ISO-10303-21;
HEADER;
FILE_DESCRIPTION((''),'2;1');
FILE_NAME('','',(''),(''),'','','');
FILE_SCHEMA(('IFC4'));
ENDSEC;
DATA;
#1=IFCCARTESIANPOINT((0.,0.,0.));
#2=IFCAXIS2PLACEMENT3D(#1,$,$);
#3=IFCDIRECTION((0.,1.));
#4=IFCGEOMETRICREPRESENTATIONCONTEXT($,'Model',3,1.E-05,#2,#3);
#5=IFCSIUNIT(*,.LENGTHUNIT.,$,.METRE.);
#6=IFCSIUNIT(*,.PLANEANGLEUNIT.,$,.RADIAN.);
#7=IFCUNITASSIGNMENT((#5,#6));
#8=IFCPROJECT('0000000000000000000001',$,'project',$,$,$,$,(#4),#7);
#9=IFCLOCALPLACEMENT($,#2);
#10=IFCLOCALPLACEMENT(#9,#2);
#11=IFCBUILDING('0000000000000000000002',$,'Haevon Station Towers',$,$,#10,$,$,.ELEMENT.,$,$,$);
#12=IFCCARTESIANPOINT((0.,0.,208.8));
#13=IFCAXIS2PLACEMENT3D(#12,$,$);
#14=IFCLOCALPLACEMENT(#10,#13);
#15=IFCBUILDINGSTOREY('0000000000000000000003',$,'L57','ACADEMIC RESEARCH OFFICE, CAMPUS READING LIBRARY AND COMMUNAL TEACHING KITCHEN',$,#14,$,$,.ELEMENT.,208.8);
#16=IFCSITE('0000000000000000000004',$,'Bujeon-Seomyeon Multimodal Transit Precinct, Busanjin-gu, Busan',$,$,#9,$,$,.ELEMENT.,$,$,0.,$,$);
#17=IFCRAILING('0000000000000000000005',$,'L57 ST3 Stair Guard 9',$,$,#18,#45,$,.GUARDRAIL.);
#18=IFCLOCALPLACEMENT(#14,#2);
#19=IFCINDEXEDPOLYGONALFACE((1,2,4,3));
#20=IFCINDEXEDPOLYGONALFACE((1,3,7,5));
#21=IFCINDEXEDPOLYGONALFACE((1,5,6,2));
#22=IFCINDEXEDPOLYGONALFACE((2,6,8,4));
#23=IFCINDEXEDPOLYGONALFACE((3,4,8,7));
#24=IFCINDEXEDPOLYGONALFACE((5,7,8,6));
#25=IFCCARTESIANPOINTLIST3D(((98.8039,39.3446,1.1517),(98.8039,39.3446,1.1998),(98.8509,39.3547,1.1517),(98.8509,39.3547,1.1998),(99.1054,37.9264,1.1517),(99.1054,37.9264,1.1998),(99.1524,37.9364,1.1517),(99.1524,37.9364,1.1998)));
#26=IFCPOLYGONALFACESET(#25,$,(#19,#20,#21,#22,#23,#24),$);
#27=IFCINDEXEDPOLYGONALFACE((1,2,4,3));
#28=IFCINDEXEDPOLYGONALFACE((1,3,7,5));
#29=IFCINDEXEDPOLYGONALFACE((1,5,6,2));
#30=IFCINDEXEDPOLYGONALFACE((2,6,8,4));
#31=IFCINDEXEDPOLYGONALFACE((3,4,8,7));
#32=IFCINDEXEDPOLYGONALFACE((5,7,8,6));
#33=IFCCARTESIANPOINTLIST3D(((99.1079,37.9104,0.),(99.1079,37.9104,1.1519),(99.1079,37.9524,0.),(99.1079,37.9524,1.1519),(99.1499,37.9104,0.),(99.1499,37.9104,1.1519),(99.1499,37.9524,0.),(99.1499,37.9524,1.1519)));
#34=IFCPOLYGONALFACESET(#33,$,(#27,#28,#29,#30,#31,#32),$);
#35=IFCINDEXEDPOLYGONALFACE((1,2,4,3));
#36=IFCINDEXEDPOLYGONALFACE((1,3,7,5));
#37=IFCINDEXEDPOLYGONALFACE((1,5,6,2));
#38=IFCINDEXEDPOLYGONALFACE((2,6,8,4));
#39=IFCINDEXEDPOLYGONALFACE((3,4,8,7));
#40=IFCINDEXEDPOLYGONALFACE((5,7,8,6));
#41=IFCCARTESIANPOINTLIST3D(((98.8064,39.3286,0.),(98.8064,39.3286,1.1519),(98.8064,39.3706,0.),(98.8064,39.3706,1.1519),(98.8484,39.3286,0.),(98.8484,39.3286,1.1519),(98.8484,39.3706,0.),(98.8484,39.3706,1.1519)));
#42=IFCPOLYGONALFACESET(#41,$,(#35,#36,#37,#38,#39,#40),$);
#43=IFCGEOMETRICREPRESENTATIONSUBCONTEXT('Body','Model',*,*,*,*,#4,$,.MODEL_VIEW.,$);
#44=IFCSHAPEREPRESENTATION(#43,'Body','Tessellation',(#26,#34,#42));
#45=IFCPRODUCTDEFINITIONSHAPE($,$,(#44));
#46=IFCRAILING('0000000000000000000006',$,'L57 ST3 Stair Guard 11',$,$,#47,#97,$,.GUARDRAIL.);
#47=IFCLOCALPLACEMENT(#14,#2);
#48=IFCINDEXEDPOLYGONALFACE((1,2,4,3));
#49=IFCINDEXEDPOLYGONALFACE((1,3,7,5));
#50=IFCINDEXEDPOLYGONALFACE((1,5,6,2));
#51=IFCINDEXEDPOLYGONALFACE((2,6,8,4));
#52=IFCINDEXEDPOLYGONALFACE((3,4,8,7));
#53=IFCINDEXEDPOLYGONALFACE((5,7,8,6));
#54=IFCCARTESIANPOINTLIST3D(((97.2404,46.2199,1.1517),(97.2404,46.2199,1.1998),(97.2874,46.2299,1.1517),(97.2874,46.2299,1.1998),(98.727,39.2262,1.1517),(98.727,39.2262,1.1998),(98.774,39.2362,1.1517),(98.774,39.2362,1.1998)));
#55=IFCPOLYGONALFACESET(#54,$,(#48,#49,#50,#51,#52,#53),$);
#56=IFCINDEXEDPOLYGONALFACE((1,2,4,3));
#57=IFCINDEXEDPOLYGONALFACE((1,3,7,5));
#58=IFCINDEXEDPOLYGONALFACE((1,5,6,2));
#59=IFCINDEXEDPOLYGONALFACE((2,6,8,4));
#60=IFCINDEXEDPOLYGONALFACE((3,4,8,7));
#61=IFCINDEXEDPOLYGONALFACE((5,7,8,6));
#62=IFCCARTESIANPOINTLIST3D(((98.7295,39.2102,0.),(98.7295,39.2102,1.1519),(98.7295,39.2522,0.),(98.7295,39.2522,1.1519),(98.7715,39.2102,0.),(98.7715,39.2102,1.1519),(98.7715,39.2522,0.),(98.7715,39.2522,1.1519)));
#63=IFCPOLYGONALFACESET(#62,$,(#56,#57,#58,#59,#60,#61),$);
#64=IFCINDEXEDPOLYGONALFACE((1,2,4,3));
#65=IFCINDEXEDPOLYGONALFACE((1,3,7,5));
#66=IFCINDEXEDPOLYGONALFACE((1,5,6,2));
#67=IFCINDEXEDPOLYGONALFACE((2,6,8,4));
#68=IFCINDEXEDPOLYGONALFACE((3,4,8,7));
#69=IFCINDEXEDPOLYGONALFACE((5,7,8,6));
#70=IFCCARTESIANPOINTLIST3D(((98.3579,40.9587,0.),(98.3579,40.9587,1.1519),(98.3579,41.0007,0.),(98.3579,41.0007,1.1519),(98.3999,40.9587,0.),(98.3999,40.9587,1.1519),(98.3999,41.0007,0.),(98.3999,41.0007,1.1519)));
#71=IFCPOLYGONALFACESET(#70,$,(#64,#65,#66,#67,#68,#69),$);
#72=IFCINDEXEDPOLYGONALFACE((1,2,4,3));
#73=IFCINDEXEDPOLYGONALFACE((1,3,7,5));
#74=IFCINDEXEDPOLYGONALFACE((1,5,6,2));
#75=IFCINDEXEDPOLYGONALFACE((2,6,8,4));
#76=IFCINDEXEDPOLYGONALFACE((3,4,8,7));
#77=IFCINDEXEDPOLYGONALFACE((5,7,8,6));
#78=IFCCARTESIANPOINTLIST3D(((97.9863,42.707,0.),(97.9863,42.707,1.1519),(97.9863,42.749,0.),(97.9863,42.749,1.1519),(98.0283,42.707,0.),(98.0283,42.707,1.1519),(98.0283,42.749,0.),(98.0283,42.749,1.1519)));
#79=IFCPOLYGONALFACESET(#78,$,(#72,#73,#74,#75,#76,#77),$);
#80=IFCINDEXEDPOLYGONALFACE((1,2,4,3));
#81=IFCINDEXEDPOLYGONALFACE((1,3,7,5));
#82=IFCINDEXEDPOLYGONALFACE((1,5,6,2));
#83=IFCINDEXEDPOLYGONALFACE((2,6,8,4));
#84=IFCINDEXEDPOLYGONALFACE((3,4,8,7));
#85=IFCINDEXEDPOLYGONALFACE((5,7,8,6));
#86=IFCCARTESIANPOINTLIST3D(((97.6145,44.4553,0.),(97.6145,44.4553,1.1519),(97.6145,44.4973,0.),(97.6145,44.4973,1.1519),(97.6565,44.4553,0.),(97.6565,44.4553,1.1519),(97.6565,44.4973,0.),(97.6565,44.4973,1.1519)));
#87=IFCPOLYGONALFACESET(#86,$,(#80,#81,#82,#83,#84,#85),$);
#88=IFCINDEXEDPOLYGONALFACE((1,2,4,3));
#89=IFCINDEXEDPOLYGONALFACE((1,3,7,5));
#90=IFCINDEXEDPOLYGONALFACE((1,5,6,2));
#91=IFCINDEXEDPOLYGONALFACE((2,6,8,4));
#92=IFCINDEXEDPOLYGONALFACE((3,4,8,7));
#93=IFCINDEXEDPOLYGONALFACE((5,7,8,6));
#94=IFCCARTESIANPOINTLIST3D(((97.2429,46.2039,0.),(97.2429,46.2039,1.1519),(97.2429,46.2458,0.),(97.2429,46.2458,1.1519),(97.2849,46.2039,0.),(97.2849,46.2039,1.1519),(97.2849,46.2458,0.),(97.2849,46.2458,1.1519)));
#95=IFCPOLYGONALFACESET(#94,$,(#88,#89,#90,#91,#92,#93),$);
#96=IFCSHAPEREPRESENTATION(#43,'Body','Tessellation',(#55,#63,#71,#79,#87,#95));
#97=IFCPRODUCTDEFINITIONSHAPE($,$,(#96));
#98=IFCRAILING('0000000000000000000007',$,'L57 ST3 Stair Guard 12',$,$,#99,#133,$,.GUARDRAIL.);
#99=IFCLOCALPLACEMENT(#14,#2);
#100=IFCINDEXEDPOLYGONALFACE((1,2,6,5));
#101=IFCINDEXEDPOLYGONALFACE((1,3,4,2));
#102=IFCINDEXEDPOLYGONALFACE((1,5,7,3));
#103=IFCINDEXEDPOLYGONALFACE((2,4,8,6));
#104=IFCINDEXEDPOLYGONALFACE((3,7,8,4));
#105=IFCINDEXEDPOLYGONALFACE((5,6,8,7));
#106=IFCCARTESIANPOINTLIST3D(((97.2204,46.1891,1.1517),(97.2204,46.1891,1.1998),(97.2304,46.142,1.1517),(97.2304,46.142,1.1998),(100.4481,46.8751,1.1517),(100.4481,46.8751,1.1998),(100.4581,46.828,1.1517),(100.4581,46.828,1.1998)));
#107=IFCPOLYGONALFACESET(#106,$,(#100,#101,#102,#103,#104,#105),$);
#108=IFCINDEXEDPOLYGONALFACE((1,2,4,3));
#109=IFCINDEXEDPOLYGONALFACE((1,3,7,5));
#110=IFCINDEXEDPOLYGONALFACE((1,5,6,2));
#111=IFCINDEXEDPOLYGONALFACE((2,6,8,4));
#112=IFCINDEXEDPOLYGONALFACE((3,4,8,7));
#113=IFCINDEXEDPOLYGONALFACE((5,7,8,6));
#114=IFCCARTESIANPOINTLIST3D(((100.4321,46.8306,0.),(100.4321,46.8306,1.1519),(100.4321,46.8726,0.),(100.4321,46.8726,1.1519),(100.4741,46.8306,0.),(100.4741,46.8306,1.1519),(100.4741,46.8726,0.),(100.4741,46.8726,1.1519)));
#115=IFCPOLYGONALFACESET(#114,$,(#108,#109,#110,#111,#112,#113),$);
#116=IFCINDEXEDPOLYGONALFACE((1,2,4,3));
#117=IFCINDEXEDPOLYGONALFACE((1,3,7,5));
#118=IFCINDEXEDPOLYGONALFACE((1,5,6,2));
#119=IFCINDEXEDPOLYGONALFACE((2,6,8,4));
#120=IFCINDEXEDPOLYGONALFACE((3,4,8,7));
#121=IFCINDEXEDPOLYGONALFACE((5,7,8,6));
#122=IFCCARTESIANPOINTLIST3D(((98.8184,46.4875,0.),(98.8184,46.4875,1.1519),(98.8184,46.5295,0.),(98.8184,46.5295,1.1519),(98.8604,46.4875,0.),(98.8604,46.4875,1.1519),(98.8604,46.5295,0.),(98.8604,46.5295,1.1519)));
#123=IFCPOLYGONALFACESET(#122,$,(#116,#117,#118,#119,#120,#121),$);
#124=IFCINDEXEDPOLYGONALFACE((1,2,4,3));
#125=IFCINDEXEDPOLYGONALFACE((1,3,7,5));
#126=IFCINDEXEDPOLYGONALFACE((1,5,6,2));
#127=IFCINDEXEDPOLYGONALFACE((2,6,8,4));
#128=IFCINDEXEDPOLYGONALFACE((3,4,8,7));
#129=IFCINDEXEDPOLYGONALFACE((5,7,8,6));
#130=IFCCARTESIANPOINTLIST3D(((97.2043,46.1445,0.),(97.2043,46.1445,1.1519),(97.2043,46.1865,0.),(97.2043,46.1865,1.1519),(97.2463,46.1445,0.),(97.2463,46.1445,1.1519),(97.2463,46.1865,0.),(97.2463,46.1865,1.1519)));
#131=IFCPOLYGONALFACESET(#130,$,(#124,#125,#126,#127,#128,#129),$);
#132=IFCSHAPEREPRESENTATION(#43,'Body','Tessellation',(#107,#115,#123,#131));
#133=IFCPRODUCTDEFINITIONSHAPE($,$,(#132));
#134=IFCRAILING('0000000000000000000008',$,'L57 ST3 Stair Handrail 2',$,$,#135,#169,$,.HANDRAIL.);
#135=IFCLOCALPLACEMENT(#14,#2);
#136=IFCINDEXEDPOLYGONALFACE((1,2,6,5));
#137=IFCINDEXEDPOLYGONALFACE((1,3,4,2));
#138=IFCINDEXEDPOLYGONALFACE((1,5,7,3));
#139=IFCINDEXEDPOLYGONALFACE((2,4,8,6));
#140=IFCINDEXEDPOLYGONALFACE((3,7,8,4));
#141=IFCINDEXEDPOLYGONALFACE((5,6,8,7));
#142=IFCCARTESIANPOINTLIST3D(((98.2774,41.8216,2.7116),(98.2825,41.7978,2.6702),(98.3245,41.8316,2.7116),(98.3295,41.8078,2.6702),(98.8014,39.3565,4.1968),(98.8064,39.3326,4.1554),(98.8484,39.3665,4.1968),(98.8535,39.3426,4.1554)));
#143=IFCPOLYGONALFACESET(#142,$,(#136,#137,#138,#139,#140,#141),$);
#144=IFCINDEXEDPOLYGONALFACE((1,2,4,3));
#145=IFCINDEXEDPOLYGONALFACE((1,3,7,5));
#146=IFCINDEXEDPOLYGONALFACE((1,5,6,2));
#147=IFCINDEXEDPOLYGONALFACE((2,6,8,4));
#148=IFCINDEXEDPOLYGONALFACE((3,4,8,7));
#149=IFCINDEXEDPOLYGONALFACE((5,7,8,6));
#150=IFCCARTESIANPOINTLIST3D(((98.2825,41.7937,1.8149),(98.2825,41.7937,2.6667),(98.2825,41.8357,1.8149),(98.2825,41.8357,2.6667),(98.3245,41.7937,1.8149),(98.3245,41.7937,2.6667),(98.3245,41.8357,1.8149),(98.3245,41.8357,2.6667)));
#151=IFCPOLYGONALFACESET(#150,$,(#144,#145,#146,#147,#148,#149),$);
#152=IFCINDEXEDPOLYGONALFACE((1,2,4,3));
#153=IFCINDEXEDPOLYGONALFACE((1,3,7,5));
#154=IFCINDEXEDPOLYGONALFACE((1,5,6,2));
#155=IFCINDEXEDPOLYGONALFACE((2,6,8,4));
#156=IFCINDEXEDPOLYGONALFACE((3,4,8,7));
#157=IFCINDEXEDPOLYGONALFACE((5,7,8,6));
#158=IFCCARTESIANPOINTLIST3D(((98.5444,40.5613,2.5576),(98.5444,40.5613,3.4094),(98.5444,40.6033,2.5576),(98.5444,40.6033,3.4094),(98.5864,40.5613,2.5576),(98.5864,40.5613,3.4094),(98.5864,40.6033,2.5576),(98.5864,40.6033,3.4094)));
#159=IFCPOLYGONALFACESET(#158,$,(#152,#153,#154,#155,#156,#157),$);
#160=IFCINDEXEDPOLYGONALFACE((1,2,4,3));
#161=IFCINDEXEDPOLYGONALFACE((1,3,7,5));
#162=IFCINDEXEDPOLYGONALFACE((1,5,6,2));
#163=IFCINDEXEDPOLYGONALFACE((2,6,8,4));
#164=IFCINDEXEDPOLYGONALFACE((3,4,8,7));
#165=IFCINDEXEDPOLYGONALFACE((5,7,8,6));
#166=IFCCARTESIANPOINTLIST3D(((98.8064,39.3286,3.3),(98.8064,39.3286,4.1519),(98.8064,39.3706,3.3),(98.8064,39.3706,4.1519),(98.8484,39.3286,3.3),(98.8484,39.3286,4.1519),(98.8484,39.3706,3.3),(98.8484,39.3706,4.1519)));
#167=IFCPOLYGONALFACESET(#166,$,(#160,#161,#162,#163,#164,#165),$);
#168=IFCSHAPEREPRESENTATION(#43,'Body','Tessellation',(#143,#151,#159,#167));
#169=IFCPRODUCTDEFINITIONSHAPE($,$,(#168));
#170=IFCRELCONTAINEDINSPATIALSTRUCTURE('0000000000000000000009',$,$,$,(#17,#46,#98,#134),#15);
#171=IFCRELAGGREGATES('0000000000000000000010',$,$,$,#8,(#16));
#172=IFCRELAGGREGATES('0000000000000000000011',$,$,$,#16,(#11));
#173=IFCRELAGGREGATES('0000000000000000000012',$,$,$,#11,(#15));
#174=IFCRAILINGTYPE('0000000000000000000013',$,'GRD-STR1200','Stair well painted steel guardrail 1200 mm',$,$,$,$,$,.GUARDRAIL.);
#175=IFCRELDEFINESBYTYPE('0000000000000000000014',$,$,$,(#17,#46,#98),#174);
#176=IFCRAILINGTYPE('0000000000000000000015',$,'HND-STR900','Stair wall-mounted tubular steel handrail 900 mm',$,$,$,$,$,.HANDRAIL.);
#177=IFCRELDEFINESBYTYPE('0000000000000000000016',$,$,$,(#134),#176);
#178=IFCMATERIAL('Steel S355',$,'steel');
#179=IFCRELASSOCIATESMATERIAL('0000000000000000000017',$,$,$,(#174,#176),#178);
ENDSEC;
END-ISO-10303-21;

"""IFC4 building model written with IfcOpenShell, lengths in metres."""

from ifc_helpers import new_model, si_unit, direction, frame, origin, origin_2d, place, context, subcontext, project, spatial, rectangle, extrude, material, type_object, element, save


model = new_model("IFC4")

# Units and contexts
model_context = context("Model", 3, precision=1e-05, world=origin(), true_north=direction((0.0, 1.0)))
body_context = subcontext(model_context, "Body", "Model", "MODEL_VIEW")
ifc_project = project(units=[si_unit("LENGTHUNIT", "METRE"), si_unit("PLANEANGLEUNIT", "RADIAN")], contexts=[model_context])

# Site, building, storey
site_placement = place(None, origin())
site = spatial("IfcSite", under=ifc_project, at=site_placement, Name="Bujeon-Seomyeon Multimodal Transit Precinct, Busanjin-gu, Busan", CompositionType="ELEMENT", RefElevation=0.0)
building_placement = place(site_placement, origin())
building = spatial("IfcBuilding", under=site, at=building_placement, Name="Haevon Station Towers", CompositionType="ELEMENT")
storey_placement = place(building_placement, frame((0.0, 0.0, 208.8)))
storey = spatial("IfcBuildingStorey", under=building, at=storey_placement, Name="L57", Description="ACADEMIC RESEARCH OFFICE, CAMPUS READING LIBRARY AND COMMUNAL TEACHING KITCHEN", CompositionType="ELEMENT", Elevation=208.8)

# Shared definitions
ifc_material_1 = material(Name="Steel S355", Category="steel")

# Railings
railing_type_1 = type_object("IfcRailingType", Name="GRD-STR1200", Description="Stair well painted steel guardrail 1200 mm", PredefinedType="GUARDRAIL", material=ifc_material_1)
railing_1_placement = place(storey_placement, frame((99.1289, 37.9314, 0.0)))
element("IfcRailing", 1, at=railing_1_placement, inside=storey, type_object=railing_type_1, Name="L57 ST3 Stair Guard 9", PredefinedType="GUARDRAIL", context=body_context, shape_type="SweptSolid", body=[
    extrude(rectangle(XDim=0.0481, YDim=0.0481, at=origin_2d()), frame((0.0, 0.0, 1.1758), z_axis=(-0.207953, 0.978139, 0.0), x_axis=(-0.978139, -0.207953, 0.0)), (0.0, 0.0, 1.0), 1.45),
    extrude(rectangle(XDim=0.042, YDim=0.042, at=origin_2d()), origin(), (0.0, 0.0, 1.0), 1.1519),
    extrude(rectangle(XDim=0.042, YDim=0.042, at=origin_2d()), frame((-0.3015, 1.4182, 0.0)), (0.0, 0.0, 1.0), 1.1519),
])
railing_2_placement = place(storey_placement, frame((98.7505, 39.2312, 0.0)))
element("IfcRailing", 2, at=railing_2_placement, inside=storey, type_object=railing_type_1, Name="L57 ST3 Stair Guard 11", PredefinedType="GUARDRAIL", context=body_context, shape_type="SweptSolid", body=[
    extrude(rectangle(XDim=0.0481, YDim=0.0481, at=origin_2d()), frame((0.0, 0.0, 1.1758), z_axis=(-0.207915, 0.978147, 0.0), x_axis=(-0.978147, -0.207915, 0.0)), (0.0, 0.0, 1.0), 7.1499),
    extrude(rectangle(XDim=0.042, YDim=0.042, at=origin_2d()), origin(), (0.0, 0.0, 1.0), 1.1519),
    extrude(rectangle(XDim=0.042, YDim=0.042, at=origin_2d()), frame((-0.3716, 1.7485, 0.0)), (0.0, 0.0, 1.0), 1.1519),
    extrude(rectangle(XDim=0.042, YDim=0.042, at=origin_2d()), frame((-0.7432, 3.4968, 0.0)), (0.0, 0.0, 1.0), 1.1519),
    extrude(rectangle(XDim=0.042, YDim=0.042, at=origin_2d()), frame((-1.115, 5.2451, 0.0)), (0.0, 0.0, 1.0), 1.1519),
    extrude(rectangle(XDim=0.042, YDim=0.042, at=origin_2d()), frame((-1.4866, 6.9937, 0.0)), (0.0, 0.0, 1.0), 1.1519),
])
railing_3_placement = place(storey_placement, frame((100.4531, 46.8516, 0.0)))
element("IfcRailing", 3, at=railing_3_placement, inside=storey, type_object=railing_type_1, Name="L57 ST3 Stair Guard 12", PredefinedType="GUARDRAIL", context=body_context, shape_type="SweptSolid", body=[
    extrude(rectangle(XDim=0.0481, YDim=0.0481, at=origin_2d()), frame((0.0, 0.0, 1.1758), z_axis=(-0.978151, -0.207897, 0.0), x_axis=(0.207897, -0.978151, 0.0)), (0.0, 0.0, 1.0), 3.2998),
    extrude(rectangle(XDim=0.042, YDim=0.042, at=origin_2d()), origin(), (0.0, 0.0, 1.0), 1.1519),
    extrude(rectangle(XDim=0.042, YDim=0.042, at=origin_2d()), frame((-1.6138, -0.343, 0.0)), (0.0, 0.0, 1.0), 1.1519),
    extrude(rectangle(XDim=0.042, YDim=0.042, at=origin_2d()), frame((-3.2278, -0.686, 0.0)), (0.0, 0.0, 1.0), 1.1519),
])
railing_type_2 = type_object("IfcRailingType", Name="HND-STR900", Description="Stair wall-mounted tubular steel handrail 900 mm", PredefinedType="HANDRAIL", material=ifc_material_1)
railing_4_placement = place(storey_placement, frame((98.3035, 41.8147, 1.8149)))
element("IfcRailing", 4, at=railing_4_placement, inside=storey, type_object=railing_type_2, Name="L57 ST3 Stair Handrail 2", PredefinedType="HANDRAIL", context=body_context, shape_type="SweptSolid", body=[
    extrude(rectangle(XDim=0.0481, YDim=0.0481, at=origin_2d()), frame((0.0, 0.0, 0.876), z_axis=(0.179109, -0.842712, 0.507697), x_axis=(0.978151, 0.207895, 0.0)), (0.0, 0.0, 1.0), 2.9253),
    extrude(rectangle(XDim=0.042, YDim=0.042, at=origin_2d()), origin(), (0.0, 0.0, 1.0), 0.8518),
    extrude(rectangle(XDim=0.042, YDim=0.042, at=origin_2d()), frame((0.262, -1.2324, 0.7427)), (0.0, 0.0, 1.0), 0.8518),
    extrude(rectangle(XDim=0.042, YDim=0.042, at=origin_2d()), frame((0.5239, -2.4651, 1.4851)), (0.0, 0.0, 1.0), 0.8518),
])

save(model, "model.ifc")
